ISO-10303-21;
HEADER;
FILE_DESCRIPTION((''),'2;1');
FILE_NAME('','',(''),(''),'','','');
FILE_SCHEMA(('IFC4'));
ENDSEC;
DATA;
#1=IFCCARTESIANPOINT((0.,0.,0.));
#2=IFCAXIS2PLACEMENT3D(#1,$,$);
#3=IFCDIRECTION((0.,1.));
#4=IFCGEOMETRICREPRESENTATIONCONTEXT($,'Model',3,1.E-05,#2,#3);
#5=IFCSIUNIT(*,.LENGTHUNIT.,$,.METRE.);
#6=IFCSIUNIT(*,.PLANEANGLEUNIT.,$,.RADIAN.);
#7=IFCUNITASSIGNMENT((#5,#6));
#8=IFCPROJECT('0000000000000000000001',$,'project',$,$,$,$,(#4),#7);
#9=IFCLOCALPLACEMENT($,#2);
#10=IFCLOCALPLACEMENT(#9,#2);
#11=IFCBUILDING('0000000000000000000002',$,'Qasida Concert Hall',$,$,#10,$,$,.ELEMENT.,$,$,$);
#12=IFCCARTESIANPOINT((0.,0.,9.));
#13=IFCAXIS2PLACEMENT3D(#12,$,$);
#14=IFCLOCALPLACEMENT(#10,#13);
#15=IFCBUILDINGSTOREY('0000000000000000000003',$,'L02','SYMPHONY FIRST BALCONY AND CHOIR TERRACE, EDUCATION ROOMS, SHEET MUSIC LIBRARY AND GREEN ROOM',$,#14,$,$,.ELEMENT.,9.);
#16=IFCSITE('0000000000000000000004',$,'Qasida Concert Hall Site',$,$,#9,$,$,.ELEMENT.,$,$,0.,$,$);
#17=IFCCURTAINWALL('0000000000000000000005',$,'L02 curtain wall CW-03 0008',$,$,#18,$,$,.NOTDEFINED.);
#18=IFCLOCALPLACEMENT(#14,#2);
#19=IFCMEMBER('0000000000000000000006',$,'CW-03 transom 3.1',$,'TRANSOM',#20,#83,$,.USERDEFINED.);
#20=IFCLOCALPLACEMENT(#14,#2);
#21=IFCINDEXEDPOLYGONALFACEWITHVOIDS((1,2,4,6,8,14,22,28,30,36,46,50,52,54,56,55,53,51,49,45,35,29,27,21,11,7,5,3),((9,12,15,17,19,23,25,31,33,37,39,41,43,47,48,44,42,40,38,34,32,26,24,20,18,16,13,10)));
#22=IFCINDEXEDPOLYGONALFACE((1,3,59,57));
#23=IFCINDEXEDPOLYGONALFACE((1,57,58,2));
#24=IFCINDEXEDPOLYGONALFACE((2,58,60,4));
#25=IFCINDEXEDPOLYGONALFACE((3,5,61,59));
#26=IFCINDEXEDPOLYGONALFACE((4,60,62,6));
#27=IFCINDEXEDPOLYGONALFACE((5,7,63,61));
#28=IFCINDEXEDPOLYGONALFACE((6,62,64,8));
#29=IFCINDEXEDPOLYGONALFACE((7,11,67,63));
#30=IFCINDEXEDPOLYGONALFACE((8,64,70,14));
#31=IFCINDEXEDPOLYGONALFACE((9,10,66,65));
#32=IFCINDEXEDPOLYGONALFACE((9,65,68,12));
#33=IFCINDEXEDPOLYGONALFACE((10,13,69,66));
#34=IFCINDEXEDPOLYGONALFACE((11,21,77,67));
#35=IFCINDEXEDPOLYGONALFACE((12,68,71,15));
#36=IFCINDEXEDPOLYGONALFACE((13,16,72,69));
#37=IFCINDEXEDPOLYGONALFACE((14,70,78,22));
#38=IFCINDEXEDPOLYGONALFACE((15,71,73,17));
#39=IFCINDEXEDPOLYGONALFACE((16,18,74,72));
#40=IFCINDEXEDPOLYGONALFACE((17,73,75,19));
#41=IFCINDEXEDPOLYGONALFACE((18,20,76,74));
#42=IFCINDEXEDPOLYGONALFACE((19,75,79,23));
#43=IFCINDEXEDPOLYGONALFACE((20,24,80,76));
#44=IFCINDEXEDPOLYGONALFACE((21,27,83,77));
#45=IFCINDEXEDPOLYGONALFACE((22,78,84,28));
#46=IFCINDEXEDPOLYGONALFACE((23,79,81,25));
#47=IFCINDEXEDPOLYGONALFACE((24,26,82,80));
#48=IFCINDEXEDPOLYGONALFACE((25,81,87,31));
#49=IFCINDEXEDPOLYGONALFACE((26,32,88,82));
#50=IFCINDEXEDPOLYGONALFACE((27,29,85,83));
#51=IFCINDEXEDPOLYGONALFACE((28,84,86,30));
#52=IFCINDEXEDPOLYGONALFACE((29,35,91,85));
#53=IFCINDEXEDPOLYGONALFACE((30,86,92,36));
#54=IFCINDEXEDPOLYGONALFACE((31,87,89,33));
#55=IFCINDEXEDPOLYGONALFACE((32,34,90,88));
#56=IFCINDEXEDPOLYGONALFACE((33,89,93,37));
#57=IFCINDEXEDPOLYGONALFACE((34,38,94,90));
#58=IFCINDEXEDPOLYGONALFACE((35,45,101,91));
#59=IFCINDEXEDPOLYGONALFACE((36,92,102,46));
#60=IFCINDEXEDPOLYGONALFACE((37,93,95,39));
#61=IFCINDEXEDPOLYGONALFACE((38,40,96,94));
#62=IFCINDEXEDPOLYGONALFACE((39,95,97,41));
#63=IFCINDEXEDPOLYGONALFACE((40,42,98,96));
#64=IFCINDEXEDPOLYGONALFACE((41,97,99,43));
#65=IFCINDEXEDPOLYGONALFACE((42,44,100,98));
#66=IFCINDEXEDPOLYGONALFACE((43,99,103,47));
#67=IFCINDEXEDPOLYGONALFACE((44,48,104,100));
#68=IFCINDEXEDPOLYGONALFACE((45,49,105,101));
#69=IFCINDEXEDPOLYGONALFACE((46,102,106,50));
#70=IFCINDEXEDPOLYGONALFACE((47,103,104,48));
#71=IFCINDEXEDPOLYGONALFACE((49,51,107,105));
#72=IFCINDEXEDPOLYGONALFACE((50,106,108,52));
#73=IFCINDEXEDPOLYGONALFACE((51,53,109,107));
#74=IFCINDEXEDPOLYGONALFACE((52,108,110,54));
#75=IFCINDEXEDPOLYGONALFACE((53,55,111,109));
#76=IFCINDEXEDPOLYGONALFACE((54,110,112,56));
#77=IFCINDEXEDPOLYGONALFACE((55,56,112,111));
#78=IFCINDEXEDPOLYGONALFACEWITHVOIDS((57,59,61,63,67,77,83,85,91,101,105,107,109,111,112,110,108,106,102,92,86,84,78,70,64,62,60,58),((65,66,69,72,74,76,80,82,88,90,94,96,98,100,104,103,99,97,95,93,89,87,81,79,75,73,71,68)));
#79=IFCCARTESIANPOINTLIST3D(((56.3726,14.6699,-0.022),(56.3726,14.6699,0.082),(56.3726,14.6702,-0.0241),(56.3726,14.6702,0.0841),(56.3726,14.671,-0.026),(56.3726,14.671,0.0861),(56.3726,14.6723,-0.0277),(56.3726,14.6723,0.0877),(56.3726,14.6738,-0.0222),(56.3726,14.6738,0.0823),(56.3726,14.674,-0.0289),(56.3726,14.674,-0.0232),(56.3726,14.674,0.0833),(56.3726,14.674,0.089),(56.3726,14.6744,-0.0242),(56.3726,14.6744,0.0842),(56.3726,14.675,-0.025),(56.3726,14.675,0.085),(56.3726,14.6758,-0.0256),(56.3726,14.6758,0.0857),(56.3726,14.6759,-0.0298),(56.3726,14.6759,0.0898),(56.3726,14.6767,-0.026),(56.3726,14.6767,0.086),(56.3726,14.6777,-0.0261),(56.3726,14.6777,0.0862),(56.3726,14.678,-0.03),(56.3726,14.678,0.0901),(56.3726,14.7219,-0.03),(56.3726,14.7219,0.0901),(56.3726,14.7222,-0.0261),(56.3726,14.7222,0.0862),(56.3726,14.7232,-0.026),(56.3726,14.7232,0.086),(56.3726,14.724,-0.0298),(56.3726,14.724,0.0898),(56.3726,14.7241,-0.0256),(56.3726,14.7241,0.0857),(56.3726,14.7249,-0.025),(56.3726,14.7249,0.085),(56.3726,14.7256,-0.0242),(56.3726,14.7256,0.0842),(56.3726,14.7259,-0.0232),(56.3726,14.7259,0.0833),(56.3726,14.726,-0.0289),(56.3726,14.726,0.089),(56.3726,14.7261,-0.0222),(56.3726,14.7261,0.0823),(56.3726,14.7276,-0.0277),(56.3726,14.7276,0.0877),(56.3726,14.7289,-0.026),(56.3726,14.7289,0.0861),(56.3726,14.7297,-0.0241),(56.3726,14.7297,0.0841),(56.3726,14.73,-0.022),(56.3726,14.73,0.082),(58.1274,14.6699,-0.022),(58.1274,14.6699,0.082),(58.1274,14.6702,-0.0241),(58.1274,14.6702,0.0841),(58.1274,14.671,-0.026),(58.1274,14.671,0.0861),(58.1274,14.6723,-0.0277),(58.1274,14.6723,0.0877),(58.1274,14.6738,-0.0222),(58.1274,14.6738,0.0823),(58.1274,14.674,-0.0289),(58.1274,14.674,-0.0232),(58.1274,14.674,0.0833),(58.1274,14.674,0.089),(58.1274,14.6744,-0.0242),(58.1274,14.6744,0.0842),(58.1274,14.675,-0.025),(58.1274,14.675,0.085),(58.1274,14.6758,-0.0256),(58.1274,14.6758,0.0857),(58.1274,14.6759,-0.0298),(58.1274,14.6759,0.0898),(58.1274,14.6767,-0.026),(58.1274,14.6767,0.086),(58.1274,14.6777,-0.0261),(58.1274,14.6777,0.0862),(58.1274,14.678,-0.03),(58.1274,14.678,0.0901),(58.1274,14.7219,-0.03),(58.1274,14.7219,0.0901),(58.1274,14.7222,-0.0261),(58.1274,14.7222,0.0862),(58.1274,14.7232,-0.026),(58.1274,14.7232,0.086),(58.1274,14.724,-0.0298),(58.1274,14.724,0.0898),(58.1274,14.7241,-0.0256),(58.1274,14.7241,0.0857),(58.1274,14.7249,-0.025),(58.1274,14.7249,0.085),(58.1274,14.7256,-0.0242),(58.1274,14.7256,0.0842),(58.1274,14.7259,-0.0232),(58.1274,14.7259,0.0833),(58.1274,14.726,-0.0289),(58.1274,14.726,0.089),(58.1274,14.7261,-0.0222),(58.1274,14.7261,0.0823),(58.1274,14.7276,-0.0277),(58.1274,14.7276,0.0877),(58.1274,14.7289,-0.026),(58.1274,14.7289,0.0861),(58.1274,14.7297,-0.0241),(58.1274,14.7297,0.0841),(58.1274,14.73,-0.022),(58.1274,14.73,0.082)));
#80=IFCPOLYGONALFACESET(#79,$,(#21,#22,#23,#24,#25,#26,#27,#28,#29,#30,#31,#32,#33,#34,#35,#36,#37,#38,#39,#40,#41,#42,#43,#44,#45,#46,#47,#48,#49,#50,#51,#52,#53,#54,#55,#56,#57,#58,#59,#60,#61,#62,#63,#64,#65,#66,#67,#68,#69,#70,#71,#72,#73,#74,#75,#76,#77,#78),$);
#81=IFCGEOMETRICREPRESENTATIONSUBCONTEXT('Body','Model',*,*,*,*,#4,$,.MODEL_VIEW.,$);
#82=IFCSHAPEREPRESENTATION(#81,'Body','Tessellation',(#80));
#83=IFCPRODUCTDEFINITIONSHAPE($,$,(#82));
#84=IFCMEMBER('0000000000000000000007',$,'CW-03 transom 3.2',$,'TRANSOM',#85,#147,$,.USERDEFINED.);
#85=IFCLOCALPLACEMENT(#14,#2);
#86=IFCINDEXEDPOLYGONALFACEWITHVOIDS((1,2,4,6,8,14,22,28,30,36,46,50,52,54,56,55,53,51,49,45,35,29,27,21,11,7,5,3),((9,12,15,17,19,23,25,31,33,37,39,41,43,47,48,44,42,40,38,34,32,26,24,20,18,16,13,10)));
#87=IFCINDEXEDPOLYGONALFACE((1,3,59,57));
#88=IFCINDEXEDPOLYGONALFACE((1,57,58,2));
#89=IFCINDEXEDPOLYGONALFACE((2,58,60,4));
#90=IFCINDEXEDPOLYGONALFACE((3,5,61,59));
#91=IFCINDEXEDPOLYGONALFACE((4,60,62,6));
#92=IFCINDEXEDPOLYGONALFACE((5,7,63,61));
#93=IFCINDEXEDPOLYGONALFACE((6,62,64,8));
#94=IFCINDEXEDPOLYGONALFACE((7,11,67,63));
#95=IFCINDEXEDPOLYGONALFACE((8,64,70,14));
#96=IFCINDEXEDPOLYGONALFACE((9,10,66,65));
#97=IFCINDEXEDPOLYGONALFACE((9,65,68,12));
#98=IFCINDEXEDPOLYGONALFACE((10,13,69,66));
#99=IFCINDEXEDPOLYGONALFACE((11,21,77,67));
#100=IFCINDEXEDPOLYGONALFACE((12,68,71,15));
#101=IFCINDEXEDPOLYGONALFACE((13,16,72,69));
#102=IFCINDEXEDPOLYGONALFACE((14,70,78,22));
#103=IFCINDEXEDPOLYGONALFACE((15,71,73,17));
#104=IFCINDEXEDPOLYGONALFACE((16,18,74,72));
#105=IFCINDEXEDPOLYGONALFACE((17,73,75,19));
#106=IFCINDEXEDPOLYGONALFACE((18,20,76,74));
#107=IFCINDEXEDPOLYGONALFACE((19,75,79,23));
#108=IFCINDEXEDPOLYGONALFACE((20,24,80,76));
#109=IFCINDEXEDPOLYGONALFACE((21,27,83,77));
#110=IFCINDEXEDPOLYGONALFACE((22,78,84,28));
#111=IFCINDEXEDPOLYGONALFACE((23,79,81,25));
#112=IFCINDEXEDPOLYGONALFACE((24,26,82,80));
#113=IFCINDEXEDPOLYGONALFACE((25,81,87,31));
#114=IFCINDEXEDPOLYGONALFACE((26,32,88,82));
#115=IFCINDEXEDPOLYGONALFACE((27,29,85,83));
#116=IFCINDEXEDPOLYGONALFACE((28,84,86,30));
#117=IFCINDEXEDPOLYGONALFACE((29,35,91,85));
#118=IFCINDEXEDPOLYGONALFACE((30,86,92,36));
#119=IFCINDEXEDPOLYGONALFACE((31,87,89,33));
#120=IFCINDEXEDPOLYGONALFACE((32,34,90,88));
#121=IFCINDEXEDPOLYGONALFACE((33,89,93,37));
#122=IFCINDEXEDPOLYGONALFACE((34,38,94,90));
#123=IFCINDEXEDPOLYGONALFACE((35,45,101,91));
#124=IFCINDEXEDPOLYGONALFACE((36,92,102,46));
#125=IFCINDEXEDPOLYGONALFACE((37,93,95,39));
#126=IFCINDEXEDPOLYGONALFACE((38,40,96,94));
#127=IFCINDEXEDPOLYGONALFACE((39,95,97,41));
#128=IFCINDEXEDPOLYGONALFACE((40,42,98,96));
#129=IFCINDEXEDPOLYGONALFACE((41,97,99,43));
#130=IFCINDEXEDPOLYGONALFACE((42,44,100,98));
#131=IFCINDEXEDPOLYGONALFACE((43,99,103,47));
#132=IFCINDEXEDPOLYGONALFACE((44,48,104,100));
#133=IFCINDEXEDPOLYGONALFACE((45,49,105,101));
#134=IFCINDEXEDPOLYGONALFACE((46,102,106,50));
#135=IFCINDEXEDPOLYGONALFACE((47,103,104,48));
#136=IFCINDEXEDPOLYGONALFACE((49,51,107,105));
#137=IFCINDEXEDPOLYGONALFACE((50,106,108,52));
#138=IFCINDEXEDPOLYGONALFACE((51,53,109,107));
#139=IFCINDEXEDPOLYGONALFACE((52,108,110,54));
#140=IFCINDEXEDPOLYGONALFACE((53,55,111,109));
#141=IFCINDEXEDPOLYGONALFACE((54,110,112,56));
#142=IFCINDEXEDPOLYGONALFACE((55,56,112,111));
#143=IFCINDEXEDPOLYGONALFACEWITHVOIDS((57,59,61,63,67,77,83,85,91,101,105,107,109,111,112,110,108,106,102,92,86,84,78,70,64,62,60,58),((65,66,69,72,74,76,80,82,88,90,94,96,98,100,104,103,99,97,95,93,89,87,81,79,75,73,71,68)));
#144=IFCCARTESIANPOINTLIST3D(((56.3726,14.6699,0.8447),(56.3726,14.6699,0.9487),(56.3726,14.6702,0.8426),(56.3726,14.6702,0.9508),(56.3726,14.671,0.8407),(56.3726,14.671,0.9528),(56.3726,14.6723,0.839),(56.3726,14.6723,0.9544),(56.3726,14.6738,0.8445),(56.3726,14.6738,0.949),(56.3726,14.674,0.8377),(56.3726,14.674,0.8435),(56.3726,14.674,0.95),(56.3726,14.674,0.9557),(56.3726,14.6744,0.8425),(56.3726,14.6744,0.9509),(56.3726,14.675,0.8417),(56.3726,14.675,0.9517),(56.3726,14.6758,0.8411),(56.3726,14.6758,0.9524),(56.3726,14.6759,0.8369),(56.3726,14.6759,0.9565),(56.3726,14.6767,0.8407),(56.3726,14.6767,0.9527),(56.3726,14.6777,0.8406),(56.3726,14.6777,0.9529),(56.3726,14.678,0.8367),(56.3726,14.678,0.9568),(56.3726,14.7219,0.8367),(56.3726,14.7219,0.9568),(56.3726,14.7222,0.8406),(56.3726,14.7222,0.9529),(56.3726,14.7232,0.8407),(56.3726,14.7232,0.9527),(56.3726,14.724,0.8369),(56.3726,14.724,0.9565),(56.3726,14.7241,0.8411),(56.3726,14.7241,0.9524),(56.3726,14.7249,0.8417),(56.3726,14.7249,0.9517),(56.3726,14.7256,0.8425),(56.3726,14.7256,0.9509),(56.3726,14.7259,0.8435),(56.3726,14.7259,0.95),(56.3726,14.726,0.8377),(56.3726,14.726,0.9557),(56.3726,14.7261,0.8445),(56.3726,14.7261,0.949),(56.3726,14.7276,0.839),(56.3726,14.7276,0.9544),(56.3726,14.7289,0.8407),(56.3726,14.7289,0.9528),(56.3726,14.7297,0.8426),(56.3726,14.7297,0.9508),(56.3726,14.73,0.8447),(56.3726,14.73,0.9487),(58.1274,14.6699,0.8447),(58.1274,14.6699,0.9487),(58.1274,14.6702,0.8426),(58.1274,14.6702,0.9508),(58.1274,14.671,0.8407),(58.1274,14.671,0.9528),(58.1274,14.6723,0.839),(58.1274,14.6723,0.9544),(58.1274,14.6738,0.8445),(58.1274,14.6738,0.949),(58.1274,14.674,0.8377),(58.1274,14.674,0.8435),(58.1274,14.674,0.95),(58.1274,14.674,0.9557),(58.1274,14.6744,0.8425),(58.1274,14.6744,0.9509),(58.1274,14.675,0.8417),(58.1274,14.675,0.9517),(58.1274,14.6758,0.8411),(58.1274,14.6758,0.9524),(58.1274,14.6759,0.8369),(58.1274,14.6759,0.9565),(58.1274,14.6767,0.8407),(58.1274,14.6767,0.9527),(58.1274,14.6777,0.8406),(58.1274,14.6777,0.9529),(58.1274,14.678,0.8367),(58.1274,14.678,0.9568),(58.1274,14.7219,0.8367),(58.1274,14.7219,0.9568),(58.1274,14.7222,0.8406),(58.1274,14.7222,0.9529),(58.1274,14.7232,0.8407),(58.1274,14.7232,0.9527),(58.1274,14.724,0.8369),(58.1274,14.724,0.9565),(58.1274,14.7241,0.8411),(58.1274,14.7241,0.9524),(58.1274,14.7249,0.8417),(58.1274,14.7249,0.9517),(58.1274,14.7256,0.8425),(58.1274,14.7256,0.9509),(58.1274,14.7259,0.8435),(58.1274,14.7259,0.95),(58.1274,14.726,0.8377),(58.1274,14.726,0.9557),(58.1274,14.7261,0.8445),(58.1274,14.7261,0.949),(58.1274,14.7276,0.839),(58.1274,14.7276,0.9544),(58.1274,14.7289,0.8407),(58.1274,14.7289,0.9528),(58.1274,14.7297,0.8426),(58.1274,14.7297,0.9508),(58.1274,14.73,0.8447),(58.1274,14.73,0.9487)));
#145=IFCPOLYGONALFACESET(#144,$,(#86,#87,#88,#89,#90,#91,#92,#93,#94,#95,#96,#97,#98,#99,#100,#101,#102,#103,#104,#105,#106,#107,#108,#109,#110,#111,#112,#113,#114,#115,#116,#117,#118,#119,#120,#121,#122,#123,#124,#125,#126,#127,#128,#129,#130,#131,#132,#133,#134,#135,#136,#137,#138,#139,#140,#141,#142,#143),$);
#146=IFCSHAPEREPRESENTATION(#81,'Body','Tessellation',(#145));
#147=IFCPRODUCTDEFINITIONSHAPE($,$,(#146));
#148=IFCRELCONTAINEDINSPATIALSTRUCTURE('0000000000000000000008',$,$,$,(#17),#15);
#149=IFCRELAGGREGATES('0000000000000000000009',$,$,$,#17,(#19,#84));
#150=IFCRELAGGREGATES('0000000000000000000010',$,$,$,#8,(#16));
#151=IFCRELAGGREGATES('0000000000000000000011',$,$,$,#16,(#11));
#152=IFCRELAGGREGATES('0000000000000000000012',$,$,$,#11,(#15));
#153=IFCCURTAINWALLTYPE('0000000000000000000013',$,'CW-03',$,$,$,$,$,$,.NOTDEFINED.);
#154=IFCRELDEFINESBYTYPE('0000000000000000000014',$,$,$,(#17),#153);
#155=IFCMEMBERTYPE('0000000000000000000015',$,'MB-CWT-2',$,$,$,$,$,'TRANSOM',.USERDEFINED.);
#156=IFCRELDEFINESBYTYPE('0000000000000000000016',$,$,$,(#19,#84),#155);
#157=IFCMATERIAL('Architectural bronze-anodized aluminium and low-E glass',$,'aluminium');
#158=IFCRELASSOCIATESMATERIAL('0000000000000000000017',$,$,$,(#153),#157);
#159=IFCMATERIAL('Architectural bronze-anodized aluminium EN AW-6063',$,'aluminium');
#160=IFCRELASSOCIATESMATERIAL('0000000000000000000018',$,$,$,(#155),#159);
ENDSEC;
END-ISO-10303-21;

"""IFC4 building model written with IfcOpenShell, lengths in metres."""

from ifc_helpers import new_model, si_unit, direction, frame, origin, origin_2d, place, context, subcontext, project, spatial, hollow_rectangle, extrude, material, material_profile, profile_set, type_object, element, aggregate, save


model = new_model("IFC4")

# Units and contexts
model_context = context("Model", 3, precision=1e-05, world=origin(), true_north=direction((0.0, 1.0)))
body_context = subcontext(model_context, "Body", "Model", "MODEL_VIEW")
ifc_project = project(units=[si_unit("LENGTHUNIT", "METRE"), si_unit("PLANEANGLEUNIT", "RADIAN")], contexts=[model_context])

# Site, building, storey
site_placement = place(None, origin())
site = spatial("IfcSite", under=ifc_project, at=site_placement, Name="Qasida Concert Hall Site", CompositionType="ELEMENT", RefElevation=0.0)
building_placement = place(site_placement, origin())
building = spatial("IfcBuilding", under=site, at=building_placement, Name="Qasida Concert Hall", CompositionType="ELEMENT")
storey_placement = place(building_placement, frame((0.0, 0.0, 9.0)))
storey = spatial("IfcBuildingStorey", under=building, at=storey_placement, Name="L02", Description="SYMPHONY FIRST BALCONY AND CHOIR TERRACE, EDUCATION ROOMS, SHEET MUSIC LIBRARY AND GREEN ROOM", CompositionType="ELEMENT", Elevation=9.0)

# Curtain wall, members
ifc_material_1 = material(Name="Architectural bronze-anodized aluminium and low-E glass", Category="aluminium")
curtain_wall_type = type_object("IfcCurtainWallType", Name="CW-03", PredefinedType="NOTDEFINED", material=ifc_material_1)
curtain_wall_placement = place(storey_placement, origin())
curtain_wall = element("IfcCurtainWall", 1, at=curtain_wall_placement, inside=storey, type_object=curtain_wall_type, Name="L02 curtain wall CW-03 0008", PredefinedType="NOTDEFINED")
ifc_material_2 = material(Name="Architectural bronze-anodized aluminium EN AW-6063", Category="aluminium")
ifc_material_profile_1 = material_profile(ifc_material_2, hollow_rectangle(XDim=0.0601, YDim=0.1201, WallThickness=0.0039, InnerFilletRadius=0.0039, OuterFilletRadius=0.0081, at=origin_2d()), Name="CWT 120x60x4")
ifc_profile_set_1 = profile_set([ifc_material_profile_1], Name="Architectural bronze-anodized aluminium EN AW-6063")
member_type_1 = type_object("IfcMemberType", Name="MB-CWT-2", ElementType="TRANSOM", PredefinedType="USERDEFINED", material=ifc_profile_set_1)
member_1_placement = place(storey_placement, frame((56.3726, 14.7, 0.03), z_axis=(1.0, 0.0, 0.0), x_axis=(0.0, 1.0, 0.0)))
member_1 = element("IfcMember", 2, at=member_1_placement, type_object=member_type_1, Name="CW-03 transom 3.1", ObjectType="TRANSOM", PredefinedType="USERDEFINED", context=body_context, shape_type="SweptSolid", body=[
    extrude(hollow_rectangle(XDim=0.0601, YDim=0.1201, WallThickness=0.0039, InnerFilletRadius=0.0039, OuterFilletRadius=0.0081, at=origin_2d()), origin(), (0.0, 0.0, 1.0), 1.7549),
])
member_2_placement = place(storey_placement, frame((56.3726, 14.7, 0.8967), z_axis=(1.0, 0.0, 0.0), x_axis=(0.0, 1.0, 0.0)))
member_2 = element("IfcMember", 3, at=member_2_placement, type_object=member_type_1, Name="CW-03 transom 3.2", ObjectType="TRANSOM", PredefinedType="USERDEFINED", context=body_context, shape_type="SweptSolid", body=[
    extrude(hollow_rectangle(XDim=0.0601, YDim=0.1201, WallThickness=0.0039, InnerFilletRadius=0.0039, OuterFilletRadius=0.0081, at=origin_2d()), origin(), (0.0, 0.0, 1.0), 1.7549),
])
aggregate(curtain_wall, [member_1, member_2])

save(model, "model.ifc")
